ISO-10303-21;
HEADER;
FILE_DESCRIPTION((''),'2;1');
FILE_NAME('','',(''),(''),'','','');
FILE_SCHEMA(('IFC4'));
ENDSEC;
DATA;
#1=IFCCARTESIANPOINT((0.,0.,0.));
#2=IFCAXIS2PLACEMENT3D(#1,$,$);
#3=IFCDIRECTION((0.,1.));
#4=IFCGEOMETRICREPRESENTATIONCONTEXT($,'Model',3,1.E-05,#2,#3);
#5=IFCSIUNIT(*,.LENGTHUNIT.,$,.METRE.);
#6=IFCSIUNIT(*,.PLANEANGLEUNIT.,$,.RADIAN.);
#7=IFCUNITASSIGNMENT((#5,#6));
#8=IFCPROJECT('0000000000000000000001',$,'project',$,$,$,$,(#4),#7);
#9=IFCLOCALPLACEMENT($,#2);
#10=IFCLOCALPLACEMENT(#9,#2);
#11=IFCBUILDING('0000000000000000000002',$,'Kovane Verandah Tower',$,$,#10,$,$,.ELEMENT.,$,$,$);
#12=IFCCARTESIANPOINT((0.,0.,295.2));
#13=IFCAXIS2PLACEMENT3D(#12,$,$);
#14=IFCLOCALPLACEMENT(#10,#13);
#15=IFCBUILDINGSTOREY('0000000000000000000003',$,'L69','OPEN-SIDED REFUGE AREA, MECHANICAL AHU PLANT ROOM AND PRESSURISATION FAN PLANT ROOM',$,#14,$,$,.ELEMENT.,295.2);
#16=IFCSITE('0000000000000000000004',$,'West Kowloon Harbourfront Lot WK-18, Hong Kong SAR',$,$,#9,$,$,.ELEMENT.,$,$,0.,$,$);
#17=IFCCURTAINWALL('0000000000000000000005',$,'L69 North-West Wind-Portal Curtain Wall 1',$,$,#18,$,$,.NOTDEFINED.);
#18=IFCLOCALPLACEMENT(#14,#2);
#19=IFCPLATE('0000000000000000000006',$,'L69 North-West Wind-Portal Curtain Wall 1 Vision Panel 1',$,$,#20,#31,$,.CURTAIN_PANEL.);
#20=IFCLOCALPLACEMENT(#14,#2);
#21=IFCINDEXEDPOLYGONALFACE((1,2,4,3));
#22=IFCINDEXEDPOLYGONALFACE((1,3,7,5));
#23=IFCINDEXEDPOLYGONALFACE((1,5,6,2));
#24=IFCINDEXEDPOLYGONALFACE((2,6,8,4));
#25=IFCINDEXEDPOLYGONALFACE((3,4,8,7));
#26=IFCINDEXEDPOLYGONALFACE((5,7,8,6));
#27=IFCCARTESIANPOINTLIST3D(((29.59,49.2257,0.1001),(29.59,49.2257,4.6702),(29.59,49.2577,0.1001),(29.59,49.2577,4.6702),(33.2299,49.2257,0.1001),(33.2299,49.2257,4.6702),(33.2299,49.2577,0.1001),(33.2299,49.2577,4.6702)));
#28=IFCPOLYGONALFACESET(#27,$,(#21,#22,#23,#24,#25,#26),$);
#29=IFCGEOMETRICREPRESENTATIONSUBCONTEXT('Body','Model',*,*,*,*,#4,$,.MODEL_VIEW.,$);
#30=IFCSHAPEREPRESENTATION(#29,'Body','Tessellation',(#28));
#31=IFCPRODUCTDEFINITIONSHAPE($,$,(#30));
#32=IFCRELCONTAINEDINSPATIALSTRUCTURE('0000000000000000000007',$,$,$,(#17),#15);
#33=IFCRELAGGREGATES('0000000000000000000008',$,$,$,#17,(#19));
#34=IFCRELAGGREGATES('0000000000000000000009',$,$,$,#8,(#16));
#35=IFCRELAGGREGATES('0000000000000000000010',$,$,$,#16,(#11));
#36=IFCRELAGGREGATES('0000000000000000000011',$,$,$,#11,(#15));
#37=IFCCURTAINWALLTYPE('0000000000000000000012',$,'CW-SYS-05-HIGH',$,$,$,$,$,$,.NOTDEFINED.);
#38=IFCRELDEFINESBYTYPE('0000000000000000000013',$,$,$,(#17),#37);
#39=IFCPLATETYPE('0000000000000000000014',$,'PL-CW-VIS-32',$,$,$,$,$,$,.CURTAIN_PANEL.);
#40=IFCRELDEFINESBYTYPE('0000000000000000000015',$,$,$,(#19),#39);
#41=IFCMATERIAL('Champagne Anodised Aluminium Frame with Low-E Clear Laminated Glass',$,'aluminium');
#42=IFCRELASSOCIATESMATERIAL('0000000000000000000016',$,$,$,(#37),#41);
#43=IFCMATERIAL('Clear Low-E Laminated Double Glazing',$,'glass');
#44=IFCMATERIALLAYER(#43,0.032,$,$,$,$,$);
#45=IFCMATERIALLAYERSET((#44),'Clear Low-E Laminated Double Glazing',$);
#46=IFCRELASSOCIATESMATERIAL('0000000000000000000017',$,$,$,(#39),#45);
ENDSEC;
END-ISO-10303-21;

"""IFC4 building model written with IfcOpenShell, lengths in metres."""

from ifc_helpers import new_model, si_unit, direction, frame, origin, origin_2d, place, context, subcontext, project, spatial, rectangle, extrude, material, layer, layer_set, type_object, element, aggregate, save


model = new_model("IFC4")

# Units and contexts
model_context = context("Model", 3, precision=1e-05, world=origin(), true_north=direction((0.0, 1.0)))
body_context = subcontext(model_context, "Body", "Model", "MODEL_VIEW")
ifc_project = project(units=[si_unit("LENGTHUNIT", "METRE"), si_unit("PLANEANGLEUNIT", "RADIAN")], contexts=[model_context])

# Site, building, storey
site_placement = place(None, origin())
site = spatial("IfcSite", under=ifc_project, at=site_placement, Name="West Kowloon Harbourfront Lot WK-18, Hong Kong SAR", CompositionType="ELEMENT", RefElevation=0.0)
building_placement = place(site_placement, origin())
building = spatial("IfcBuilding", under=site, at=building_placement, Name="Kovane Verandah Tower", CompositionType="ELEMENT")
storey_placement = place(building_placement, frame((0.0, 0.0, 295.2)))
storey = spatial("IfcBuildingStorey", under=building, at=storey_placement, Name="L69", Description="OPEN-SIDED REFUGE AREA, MECHANICAL AHU PLANT ROOM AND PRESSURISATION FAN PLANT ROOM", CompositionType="ELEMENT", Elevation=295.2)

# Curtain wall
ifc_material_1 = material(Name="Champagne Anodised Aluminium Frame with Low-E Clear Laminated Glass", Category="aluminium")
curtain_wall_type = type_object("IfcCurtainWallType", Name="CW-SYS-05-HIGH", PredefinedType="NOTDEFINED", material=ifc_material_1)
curtain_wall_1_placement = place(storey_placement, origin())
curtain_wall_1 = element("IfcCurtainWall", 1, at=curtain_wall_1_placement, inside=storey, type_object=curtain_wall_type, Name="L69 North-West Wind-Portal Curtain Wall 1", PredefinedType="NOTDEFINED")

# Plate
ifc_material_2 = material(Name="Clear Low-E Laminated Double Glazing", Category="glass")
ifc_layer_1 = layer(ifc_material_2, 0.032)
ifc_layer_set_1 = layer_set([ifc_layer_1], Name="Clear Low-E Laminated Double Glazing")
plate_type_1 = type_object("IfcPlateType", Name="PL-CW-VIS-32", PredefinedType="CURTAIN_PANEL", material=ifc_layer_set_1)
plate_1_placement = place(storey_placement, frame((31.4099, 49.2417, 0.1001), z_axis=(0.0, 0.0, 1.0), x_axis=(-1.0, 0.0, 0.0)))
plate_1 = element("IfcPlate", 2, at=plate_1_placement, type_object=plate_type_1, Name="L69 North-West Wind-Portal Curtain Wall 1 Vision Panel 1", PredefinedType="CURTAIN_PANEL", context=body_context, shape_type="SweptSolid", body=[
    extrude(rectangle(XDim=3.6399, YDim=0.032, at=origin_2d()), origin(), (0.0, 0.0, 1.0), 4.5701),
])
aggregate(curtain_wall_1, [plate_1])

save(model, "model.ifc")
